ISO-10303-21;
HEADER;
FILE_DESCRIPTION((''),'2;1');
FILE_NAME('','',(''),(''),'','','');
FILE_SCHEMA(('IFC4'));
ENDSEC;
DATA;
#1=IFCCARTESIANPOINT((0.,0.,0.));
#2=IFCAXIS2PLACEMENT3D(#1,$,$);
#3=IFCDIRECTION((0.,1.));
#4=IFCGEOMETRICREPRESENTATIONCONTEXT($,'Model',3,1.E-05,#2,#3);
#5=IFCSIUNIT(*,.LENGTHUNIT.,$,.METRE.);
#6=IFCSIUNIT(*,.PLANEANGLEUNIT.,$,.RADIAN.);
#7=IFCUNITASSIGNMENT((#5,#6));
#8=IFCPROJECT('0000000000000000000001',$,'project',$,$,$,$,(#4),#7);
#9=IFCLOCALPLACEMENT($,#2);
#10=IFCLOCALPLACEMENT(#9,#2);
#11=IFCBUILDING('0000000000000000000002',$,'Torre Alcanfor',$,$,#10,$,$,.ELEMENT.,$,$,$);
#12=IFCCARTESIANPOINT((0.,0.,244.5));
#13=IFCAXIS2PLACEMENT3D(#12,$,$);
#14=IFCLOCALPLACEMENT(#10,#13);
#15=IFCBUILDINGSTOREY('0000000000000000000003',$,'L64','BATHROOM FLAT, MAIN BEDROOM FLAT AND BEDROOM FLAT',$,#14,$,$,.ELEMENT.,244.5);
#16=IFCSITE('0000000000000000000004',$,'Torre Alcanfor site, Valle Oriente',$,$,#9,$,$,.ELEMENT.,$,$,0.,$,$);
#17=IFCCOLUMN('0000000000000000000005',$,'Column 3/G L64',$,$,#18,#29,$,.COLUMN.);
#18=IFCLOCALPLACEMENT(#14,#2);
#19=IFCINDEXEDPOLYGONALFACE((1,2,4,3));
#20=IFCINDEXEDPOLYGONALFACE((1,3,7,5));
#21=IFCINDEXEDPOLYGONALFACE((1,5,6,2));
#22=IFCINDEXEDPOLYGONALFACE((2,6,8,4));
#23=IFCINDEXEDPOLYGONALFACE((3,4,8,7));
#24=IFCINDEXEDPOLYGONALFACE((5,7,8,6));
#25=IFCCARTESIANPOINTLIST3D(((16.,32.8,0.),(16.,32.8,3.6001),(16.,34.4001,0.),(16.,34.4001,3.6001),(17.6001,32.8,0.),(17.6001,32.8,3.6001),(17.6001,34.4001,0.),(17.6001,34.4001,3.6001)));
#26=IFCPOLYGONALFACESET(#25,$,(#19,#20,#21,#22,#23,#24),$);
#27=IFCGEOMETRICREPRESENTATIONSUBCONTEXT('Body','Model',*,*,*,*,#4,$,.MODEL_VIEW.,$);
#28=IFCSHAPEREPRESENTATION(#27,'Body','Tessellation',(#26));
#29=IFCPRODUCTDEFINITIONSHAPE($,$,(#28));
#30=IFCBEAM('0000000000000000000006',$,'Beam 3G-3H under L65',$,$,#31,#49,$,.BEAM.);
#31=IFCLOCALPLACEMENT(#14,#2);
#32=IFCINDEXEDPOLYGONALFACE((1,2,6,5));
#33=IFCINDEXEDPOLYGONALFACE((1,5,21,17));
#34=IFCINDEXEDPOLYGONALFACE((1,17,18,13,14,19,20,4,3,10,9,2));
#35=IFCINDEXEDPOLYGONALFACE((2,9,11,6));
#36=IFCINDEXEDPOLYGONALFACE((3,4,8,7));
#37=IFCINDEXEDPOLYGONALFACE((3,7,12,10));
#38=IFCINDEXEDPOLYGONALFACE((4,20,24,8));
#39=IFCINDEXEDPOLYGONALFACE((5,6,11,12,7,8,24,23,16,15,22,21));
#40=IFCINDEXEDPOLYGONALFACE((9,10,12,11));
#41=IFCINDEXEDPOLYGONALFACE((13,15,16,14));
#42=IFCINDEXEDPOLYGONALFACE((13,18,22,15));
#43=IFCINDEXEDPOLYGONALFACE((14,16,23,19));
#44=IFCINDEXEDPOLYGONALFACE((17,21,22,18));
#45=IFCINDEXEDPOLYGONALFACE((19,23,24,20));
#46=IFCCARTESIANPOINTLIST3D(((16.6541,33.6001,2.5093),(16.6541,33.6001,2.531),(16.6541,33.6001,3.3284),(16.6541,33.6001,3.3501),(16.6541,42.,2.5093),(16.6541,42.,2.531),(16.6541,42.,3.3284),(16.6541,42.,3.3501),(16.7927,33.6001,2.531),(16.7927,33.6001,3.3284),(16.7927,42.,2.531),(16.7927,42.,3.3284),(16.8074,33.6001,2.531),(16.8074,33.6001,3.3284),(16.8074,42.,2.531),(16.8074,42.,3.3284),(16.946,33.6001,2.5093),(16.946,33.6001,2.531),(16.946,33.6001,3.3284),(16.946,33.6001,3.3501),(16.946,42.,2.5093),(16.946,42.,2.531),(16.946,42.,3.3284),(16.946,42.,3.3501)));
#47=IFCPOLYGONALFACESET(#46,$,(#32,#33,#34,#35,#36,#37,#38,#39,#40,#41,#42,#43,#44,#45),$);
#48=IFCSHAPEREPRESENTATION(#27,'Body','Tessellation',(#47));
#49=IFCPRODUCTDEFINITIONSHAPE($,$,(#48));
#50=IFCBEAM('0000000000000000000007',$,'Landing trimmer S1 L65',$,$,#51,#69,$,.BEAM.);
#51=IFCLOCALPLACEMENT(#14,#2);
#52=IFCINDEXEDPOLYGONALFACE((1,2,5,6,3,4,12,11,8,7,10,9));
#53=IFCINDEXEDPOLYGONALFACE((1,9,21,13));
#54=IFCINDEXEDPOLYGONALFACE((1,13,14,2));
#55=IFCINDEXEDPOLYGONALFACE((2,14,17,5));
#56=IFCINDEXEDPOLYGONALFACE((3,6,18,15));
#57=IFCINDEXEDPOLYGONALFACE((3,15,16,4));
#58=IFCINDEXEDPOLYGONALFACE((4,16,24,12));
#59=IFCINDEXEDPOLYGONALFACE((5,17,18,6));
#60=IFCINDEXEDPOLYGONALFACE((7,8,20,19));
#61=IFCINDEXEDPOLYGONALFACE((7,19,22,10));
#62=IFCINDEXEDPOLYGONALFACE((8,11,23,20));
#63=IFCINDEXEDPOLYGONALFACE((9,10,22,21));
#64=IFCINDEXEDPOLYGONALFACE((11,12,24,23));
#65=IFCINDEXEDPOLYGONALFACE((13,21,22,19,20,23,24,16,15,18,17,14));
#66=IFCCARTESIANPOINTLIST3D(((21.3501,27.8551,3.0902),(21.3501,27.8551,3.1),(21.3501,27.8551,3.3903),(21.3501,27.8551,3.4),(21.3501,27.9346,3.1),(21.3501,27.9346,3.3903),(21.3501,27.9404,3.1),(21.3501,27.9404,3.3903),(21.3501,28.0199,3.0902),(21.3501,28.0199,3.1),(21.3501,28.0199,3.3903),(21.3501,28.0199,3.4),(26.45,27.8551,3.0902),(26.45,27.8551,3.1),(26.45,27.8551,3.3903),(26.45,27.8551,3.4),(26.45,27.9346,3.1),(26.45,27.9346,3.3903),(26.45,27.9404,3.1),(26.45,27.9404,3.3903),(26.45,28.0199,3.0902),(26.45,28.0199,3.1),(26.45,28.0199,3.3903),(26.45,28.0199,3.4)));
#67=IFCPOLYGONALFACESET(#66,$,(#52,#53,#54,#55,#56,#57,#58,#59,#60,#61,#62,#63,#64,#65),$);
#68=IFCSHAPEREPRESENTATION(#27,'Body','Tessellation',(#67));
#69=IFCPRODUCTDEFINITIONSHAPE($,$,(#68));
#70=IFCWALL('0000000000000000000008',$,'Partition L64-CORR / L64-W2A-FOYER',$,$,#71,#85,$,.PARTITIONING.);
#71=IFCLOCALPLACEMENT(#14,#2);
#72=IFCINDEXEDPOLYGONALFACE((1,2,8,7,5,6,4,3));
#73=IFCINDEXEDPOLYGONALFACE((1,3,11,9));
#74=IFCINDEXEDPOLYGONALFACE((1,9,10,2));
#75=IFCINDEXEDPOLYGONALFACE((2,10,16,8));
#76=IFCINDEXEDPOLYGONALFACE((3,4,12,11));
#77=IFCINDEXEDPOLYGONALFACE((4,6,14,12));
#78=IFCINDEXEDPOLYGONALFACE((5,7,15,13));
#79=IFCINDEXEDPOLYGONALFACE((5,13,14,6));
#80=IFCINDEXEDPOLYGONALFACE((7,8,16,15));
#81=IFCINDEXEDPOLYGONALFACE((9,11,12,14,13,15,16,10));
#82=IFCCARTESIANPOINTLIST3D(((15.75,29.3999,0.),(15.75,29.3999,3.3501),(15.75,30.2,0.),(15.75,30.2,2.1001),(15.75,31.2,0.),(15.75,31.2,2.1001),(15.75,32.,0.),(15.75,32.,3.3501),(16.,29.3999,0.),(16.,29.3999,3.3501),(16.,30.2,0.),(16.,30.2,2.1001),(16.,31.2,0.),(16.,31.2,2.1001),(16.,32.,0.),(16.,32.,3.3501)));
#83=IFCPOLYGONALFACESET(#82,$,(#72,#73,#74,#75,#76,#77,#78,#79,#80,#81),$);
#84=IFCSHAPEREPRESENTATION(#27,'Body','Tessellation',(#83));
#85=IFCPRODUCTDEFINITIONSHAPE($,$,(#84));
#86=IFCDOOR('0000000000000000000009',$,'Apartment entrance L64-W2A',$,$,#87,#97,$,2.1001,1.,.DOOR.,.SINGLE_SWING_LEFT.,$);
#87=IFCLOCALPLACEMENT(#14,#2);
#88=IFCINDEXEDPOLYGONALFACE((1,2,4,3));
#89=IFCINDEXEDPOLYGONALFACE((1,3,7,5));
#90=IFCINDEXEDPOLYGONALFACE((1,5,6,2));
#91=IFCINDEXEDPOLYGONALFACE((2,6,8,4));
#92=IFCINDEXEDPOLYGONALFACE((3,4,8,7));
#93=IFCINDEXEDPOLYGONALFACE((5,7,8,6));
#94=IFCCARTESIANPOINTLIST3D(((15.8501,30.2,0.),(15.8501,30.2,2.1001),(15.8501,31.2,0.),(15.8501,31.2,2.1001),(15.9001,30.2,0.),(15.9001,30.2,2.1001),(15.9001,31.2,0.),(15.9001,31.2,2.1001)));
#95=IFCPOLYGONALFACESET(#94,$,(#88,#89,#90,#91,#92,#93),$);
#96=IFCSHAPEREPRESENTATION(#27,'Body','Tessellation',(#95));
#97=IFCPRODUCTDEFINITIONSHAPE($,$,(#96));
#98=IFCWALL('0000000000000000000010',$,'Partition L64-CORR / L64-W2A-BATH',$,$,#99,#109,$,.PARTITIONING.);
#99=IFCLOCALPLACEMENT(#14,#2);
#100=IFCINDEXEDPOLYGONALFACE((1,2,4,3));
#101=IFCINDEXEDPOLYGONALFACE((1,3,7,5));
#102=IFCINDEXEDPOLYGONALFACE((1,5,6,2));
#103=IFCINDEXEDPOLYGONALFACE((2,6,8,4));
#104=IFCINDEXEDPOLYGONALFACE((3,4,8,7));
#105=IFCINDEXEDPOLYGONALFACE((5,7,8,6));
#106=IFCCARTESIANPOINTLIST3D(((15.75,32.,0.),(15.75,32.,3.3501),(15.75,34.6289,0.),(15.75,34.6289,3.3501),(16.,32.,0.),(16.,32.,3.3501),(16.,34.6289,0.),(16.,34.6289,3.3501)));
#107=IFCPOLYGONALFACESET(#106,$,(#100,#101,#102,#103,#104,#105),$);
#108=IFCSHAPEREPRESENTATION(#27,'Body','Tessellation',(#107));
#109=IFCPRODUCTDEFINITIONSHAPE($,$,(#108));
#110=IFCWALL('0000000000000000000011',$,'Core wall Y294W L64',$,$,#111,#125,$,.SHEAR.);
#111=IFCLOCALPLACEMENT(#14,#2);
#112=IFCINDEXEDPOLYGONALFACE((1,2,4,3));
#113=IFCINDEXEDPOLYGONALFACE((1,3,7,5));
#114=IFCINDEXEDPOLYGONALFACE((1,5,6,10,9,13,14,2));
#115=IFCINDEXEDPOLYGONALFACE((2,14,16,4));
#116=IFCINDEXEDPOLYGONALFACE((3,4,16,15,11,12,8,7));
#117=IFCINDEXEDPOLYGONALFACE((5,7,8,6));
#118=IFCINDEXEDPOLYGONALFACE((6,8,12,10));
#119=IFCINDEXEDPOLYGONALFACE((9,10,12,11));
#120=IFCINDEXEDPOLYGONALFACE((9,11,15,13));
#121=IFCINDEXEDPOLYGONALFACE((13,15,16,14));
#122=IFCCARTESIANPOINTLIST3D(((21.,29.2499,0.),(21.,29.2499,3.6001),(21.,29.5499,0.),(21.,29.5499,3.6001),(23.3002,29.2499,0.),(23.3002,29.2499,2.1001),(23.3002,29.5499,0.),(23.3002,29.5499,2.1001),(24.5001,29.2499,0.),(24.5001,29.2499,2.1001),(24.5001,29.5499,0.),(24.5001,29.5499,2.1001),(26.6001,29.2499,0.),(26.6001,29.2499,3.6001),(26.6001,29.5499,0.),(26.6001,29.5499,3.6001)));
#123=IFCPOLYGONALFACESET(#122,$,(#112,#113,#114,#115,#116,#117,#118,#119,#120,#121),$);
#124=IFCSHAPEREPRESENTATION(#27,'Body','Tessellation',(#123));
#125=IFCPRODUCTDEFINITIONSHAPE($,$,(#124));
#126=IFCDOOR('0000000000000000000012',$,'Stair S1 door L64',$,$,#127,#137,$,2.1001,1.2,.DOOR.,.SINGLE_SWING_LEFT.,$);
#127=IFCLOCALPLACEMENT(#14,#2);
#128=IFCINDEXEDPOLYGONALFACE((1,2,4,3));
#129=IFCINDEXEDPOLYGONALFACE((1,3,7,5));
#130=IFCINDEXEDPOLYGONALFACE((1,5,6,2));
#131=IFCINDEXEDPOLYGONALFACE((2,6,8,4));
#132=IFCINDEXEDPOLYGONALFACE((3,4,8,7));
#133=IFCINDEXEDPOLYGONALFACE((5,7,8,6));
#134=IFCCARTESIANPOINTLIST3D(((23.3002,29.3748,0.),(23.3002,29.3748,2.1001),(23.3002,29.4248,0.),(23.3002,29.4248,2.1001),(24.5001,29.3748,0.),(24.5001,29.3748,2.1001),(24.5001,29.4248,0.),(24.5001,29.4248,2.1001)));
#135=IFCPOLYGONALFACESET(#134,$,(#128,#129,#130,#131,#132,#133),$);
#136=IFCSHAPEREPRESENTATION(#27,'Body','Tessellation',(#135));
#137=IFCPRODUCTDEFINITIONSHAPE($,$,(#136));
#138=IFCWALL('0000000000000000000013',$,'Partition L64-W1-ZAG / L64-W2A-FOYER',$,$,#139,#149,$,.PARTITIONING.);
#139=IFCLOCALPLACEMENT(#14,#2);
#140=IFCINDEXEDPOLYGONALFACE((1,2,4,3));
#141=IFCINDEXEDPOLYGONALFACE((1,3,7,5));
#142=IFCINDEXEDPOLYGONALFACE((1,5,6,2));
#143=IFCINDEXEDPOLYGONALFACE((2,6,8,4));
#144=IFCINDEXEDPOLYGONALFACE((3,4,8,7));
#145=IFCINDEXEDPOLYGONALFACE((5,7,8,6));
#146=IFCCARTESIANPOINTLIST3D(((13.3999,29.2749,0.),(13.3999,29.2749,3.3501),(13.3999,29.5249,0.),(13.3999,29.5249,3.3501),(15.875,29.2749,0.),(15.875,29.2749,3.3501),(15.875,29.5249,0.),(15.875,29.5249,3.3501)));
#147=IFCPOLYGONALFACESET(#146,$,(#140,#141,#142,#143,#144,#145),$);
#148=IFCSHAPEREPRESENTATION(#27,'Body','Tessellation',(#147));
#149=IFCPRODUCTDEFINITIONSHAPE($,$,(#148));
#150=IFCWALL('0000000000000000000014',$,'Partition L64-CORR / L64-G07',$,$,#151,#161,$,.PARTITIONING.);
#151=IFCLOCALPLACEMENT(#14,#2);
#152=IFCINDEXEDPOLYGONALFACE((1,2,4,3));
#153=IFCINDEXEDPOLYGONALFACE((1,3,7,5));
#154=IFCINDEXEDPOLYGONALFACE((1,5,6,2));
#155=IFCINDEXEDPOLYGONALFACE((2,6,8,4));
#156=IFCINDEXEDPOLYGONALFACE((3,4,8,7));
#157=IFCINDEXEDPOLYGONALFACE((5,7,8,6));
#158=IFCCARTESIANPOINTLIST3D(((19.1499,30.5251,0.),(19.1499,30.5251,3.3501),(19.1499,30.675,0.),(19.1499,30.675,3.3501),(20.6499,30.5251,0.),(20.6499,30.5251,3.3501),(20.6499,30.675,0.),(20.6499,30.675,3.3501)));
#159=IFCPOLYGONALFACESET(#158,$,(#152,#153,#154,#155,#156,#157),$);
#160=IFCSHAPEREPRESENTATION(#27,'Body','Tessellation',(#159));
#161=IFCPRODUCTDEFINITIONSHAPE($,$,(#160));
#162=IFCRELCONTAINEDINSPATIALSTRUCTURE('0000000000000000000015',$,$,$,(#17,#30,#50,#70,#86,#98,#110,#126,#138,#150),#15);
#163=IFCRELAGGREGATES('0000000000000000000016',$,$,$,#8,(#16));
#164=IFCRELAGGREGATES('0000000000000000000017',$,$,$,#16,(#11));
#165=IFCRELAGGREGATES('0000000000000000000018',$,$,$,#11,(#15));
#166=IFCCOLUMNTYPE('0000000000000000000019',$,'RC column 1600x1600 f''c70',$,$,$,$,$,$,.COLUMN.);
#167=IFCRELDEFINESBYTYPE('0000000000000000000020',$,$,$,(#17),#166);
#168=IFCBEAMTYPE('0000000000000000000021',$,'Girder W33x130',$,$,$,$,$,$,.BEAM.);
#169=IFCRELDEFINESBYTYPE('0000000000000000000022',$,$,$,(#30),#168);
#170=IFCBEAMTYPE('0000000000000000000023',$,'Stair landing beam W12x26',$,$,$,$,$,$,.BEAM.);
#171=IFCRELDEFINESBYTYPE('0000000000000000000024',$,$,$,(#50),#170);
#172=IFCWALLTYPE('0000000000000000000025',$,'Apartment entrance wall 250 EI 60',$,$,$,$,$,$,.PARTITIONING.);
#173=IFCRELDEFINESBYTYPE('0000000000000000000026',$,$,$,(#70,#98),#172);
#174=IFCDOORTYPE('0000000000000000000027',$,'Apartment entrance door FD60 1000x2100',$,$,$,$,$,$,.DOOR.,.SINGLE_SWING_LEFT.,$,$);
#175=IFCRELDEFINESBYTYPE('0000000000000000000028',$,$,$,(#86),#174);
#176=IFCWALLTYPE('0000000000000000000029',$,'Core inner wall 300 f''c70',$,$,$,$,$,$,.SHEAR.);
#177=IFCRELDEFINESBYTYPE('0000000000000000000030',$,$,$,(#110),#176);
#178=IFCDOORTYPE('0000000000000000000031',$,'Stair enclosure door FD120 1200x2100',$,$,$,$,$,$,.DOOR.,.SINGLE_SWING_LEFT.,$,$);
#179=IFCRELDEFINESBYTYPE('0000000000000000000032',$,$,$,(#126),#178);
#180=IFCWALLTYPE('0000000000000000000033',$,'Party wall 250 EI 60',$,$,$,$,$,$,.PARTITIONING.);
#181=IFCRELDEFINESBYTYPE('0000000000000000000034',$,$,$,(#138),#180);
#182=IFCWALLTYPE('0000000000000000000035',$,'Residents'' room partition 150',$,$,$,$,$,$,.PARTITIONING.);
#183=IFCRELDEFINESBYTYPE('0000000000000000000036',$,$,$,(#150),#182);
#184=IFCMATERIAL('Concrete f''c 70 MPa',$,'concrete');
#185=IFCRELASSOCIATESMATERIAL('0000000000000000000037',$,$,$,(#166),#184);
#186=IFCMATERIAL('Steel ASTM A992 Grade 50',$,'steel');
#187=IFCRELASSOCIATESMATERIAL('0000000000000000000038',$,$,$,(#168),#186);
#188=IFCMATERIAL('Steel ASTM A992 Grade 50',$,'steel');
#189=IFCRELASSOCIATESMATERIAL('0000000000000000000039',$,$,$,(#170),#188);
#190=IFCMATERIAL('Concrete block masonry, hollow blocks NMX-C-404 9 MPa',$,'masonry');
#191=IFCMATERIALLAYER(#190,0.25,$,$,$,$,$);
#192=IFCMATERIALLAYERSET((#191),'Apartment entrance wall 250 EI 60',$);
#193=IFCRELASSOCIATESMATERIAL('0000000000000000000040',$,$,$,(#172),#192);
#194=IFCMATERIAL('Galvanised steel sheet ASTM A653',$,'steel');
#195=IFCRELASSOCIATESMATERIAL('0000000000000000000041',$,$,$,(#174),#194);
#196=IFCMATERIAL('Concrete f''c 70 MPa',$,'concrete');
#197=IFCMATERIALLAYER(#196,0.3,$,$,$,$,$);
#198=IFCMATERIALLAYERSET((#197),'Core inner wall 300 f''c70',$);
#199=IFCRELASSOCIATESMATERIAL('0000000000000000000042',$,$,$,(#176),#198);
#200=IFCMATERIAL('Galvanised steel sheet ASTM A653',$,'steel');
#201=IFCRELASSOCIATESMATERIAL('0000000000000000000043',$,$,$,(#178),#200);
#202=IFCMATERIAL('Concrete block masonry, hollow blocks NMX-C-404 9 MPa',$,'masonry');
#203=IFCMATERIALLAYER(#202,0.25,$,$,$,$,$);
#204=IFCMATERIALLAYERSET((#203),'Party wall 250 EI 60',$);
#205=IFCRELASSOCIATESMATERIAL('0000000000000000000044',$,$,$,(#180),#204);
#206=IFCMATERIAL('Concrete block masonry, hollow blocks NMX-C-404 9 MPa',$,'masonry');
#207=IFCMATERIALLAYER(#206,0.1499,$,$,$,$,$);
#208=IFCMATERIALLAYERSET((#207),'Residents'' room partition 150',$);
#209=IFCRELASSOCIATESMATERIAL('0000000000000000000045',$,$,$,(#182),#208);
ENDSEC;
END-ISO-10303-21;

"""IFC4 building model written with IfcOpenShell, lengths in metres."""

from ifc_helpers import new_model, si_unit, direction, frame, frame_2d, origin, origin_2d, place, context, subcontext, project, spatial, rectangle, i_section, extrude, material, layer, layer_set, material_profile, profile_set, type_object, element, fill, save


model = new_model("IFC4")

# Units and contexts
model_context = context("Model", 3, precision=1e-05, world=origin(), true_north=direction((0.0, 1.0)))
body_context = subcontext(model_context, "Body", "Model", "MODEL_VIEW")
ifc_project = project(units=[si_unit("LENGTHUNIT", "METRE"), si_unit("PLANEANGLEUNIT", "RADIAN")], contexts=[model_context])

# Site, building, storey
site_placement = place(None, origin())
site = spatial("IfcSite", under=ifc_project, at=site_placement, Name="Torre Alcanfor site, Valle Oriente", CompositionType="ELEMENT", RefElevation=0.0)
building_placement = place(site_placement, origin())
building = spatial("IfcBuilding", under=site, at=building_placement, Name="Torre Alcanfor", CompositionType="ELEMENT")
storey_placement = place(building_placement, frame((0.0, 0.0, 244.5)))
storey = spatial("IfcBuildingStorey", under=building, at=storey_placement, Name="L64", Description="BATHROOM FLAT, MAIN BEDROOM FLAT AND BEDROOM FLAT", CompositionType="ELEMENT", Elevation=244.5)

# Column
ifc_material_1 = material(Name="Concrete f'c 70 MPa", Category="concrete")
ifc_material_profile_1 = material_profile(ifc_material_1, rectangle(XDim=1.6001, YDim=1.6001, at=origin_2d()), Name="1600x1600")
ifc_profile_set_1 = profile_set([ifc_material_profile_1], Name="Concrete f'c 70 MPa")
column_type = type_object("IfcColumnType", Name="RC column 1600x1600 f'c70", PredefinedType="COLUMN", material=ifc_profile_set_1)
column_placement = place(storey_placement, frame((16.8, 33.6001, 0.0), z_axis=(0.0, 0.0, 1.0), x_axis=(1.0, 0.0, 0.0)))
element("IfcColumn", 1, at=column_placement, inside=storey, type_object=column_type, Name="Column 3/G L64", PredefinedType="COLUMN", context=body_context, shape_type="SweptSolid", body=[
    extrude(rectangle(XDim=1.6001, YDim=1.6001, at=origin_2d()), origin(), (0.0, 0.0, 1.0), 3.6001),
])

# Beams
ifc_material_2 = material(Name="Steel ASTM A992 Grade 50", Category="steel")
ifc_material_profile_2 = material_profile(ifc_material_2, i_section(OverallWidth=0.292, OverallDepth=0.8408, WebThickness=0.0146, FlangeThickness=0.0217, at=origin_2d()), Name="W33x130")
ifc_profile_set_2 = profile_set([ifc_material_profile_2], Name="Steel ASTM A992 Grade 50")
beam_type_1 = type_object("IfcBeamType", Name="Girder W33x130", PredefinedType="BEAM", material=ifc_profile_set_2)
beam_1_placement = place(storey_placement, frame((16.8, 33.6001, 2.9297), z_axis=(0.0, 1.0, 0.0), x_axis=(-1.0, 0.0, 0.0)))
element("IfcBeam", 2, at=beam_1_placement, inside=storey, type_object=beam_type_1, Name="Beam 3G-3H under L65", PredefinedType="BEAM", context=body_context, shape_type="SweptSolid", body=[
    extrude(i_section(OverallWidth=0.292, OverallDepth=0.8408, WebThickness=0.0146, FlangeThickness=0.0217, at=origin_2d()), origin(), (0.0, 0.0, 1.0), 8.3999),
])
ifc_material_3 = material(Name="Steel ASTM A992 Grade 50", Category="steel")
ifc_material_profile_3 = material_profile(ifc_material_3, i_section(OverallWidth=0.1648, OverallDepth=0.3098, WebThickness=0.0059, FlangeThickness=0.0098, at=origin_2d()), Name="W12x26")
ifc_profile_set_3 = profile_set([ifc_material_profile_3], Name="Steel ASTM A992 Grade 50")
beam_type_2 = type_object("IfcBeamType", Name="Stair landing beam W12x26", PredefinedType="BEAM", material=ifc_profile_set_3)
beam_2_placement = place(storey_placement, frame((21.3501, 27.9375, 3.2451), z_axis=(1.0, 0.0, 0.0), x_axis=(0.0, 1.0, 0.0)))
element("IfcBeam", 3, at=beam_2_placement, inside=storey, type_object=beam_type_2, Name="Landing trimmer S1 L65", PredefinedType="BEAM", context=body_context, shape_type="SweptSolid", body=[
    extrude(i_section(OverallWidth=0.1648, OverallDepth=0.3098, WebThickness=0.0059, FlangeThickness=0.0098, at=origin_2d()), origin(), (0.0, 0.0, 1.0), 5.0999),
])

# Wall, opening, door
ifc_material_4 = material(Name="Concrete block masonry, hollow blocks NMX-C-404 9 MPa", Category="masonry")
ifc_layer_1 = layer(ifc_material_4, 0.25)
ifc_layer_set_1 = layer_set([ifc_layer_1], Name="Apartment entrance wall 250 EI 60")
wall_type_1 = type_object("IfcWallType", Name="Apartment entrance wall 250 EI 60", PredefinedType="PARTITIONING", material=ifc_layer_set_1)
wall_1_placement = place(storey_placement, frame((15.875, 29.3999, 0.0), z_axis=(0.0, 0.0, 1.0), x_axis=(0.0, 1.0, 0.0)))
wall_1 = element("IfcWall", 4, at=wall_1_placement, inside=storey, type_object=wall_type_1, Name="Partition L64-CORR / L64-W2A-FOYER", PredefinedType="PARTITIONING", context=body_context, shape_type="SweptSolid", body=[
    extrude(rectangle(XDim=2.6001, YDim=0.25, at=frame_2d((1.3, 0.0))), origin(), (0.0, 0.0, 1.0), 3.3501),
])
opening_1_placement = place(wall_1_placement, frame((0.8, 0.0, 0.0)))
opening_1 = element("IfcOpeningElement", 5, at=opening_1_placement, cuts=wall_1, PredefinedType="OPENING", context=body_context, shape_type="SweptSolid", body=[
    extrude(rectangle(XDim=1.0, YDim=2.1001, at=frame_2d((0.5, 1.05))), frame((0.0, 0.135, 0.0), z_axis=(0.0, -1.0, 0.0), x_axis=(1.0, 0.0, 0.0)), (0.0, 0.0, 1.0), 0.27),
])
ifc_material_5 = material(Name="Galvanised steel sheet ASTM A653", Category="steel")
door_type_1 = type_object("IfcDoorType", Name="Apartment entrance door FD60 1000x2100", OperationType="SINGLE_SWING_LEFT", PredefinedType="DOOR", material=ifc_material_5)
door_1_placement = place(opening_1_placement, origin())
door_1 = element("IfcDoor", 6, at=door_1_placement, inside=storey, type_object=door_type_1, Name="Apartment entrance L64-W2A", OperationType="SINGLE_SWING_LEFT", OverallHeight=2.1001, OverallWidth=1.0, PredefinedType="DOOR", context=body_context, shape_type="SweptSolid", body=[
    extrude(rectangle(XDim=1.0, YDim=2.1001, at=frame_2d((0.5, 1.05))), frame((0.0, 0.0249, 0.0), z_axis=(0.0, -1.0, 0.0), x_axis=(1.0, 0.0, 0.0)), (0.0, 0.0, 1.0), 0.05),
])
fill(opening_1, door_1)

# Wall
wall_2_placement = place(storey_placement, frame((15.875, 32.0, 0.0), z_axis=(0.0, 0.0, 1.0), x_axis=(0.0, 1.0, 0.0)))
element("IfcWall", 7, at=wall_2_placement, inside=storey, type_object=wall_type_1, Name="Partition L64-CORR / L64-W2A-BATH", PredefinedType="PARTITIONING", context=body_context, shape_type="SweptSolid", body=[
    extrude(rectangle(XDim=2.6289, YDim=0.25, at=frame_2d((1.3145, 0.0))), origin(), (0.0, 0.0, 1.0), 3.3501),
])

# Wall, opening, door
ifc_material_6 = material(Name="Concrete f'c 70 MPa", Category="concrete")
ifc_layer_2 = layer(ifc_material_6, 0.3)
ifc_layer_set_2 = layer_set([ifc_layer_2], Name="Core inner wall 300 f'c70")
wall_type_2 = type_object("IfcWallType", Name="Core inner wall 300 f'c70", PredefinedType="SHEAR", material=ifc_layer_set_2)
wall_3_placement = place(storey_placement, frame((21.0, 29.3999, 0.0), z_axis=(0.0, 0.0, 1.0), x_axis=(1.0, 0.0, 0.0)))
wall_3 = element("IfcWall", 8, at=wall_3_placement, inside=storey, type_object=wall_type_2, Name="Core wall Y294W L64", PredefinedType="SHEAR", context=body_context, shape_type="SweptSolid", body=[
    extrude(rectangle(XDim=5.6001, YDim=0.3, at=frame_2d((2.8, 0.0))), origin(), (0.0, 0.0, 1.0), 3.6001),
])
opening_2_placement = place(wall_3_placement, frame((2.3, 0.0, 0.0)))
opening_2 = element("IfcOpeningElement", 9, at=opening_2_placement, cuts=wall_3, PredefinedType="OPENING", context=body_context, shape_type="SweptSolid", body=[
    extrude(rectangle(XDim=1.2, YDim=2.1001, at=frame_2d((0.6001, 1.05))), frame((0.0, 0.1599, 0.0), z_axis=(0.0, -1.0, 0.0), x_axis=(1.0, 0.0, 0.0)), (0.0, 0.0, 1.0), 0.3201),
])
ifc_material_7 = material(Name="Galvanised steel sheet ASTM A653", Category="steel")
door_type_2 = type_object("IfcDoorType", Name="Stair enclosure door FD120 1200x2100", OperationType="SINGLE_SWING_LEFT", PredefinedType="DOOR", material=ifc_material_7)
door_2_placement = place(opening_2_placement, frame((1.2, 0.0, 0.0), z_axis=(0.0, 0.0, 1.0), x_axis=(-1.0, 0.0, 0.0)))
door_2 = element("IfcDoor", 10, at=door_2_placement, inside=storey, type_object=door_type_2, Name="Stair S1 door L64", OperationType="SINGLE_SWING_LEFT", OverallHeight=2.1001, OverallWidth=1.2, PredefinedType="DOOR", context=body_context, shape_type="SweptSolid", body=[
    extrude(rectangle(XDim=1.2, YDim=2.1001, at=frame_2d((0.5999, 1.05))), frame((0.0, 0.0251, 0.0), z_axis=(0.0, -1.0, 0.0), x_axis=(1.0, 0.0, 0.0)), (0.0, 0.0, 1.0), 0.05),
])
fill(opening_2, door_2)

# Walls
ifc_material_8 = material(Name="Concrete block masonry, hollow blocks NMX-C-404 9 MPa", Category="masonry")
ifc_layer_3 = layer(ifc_material_8, 0.25)
ifc_layer_set_3 = layer_set([ifc_layer_3], Name="Party wall 250 EI 60")
wall_type_3 = type_object("IfcWallType", Name="Party wall 250 EI 60", PredefinedType="PARTITIONING", material=ifc_layer_set_3)
wall_4_placement = place(storey_placement, frame((15.875, 29.3999, 0.0), z_axis=(0.0, 0.0, 1.0), x_axis=(-1.0, 0.0, 0.0)))
element("IfcWall", 11, at=wall_4_placement, inside=storey, type_object=wall_type_3, Name="Partition L64-W1-ZAG / L64-W2A-FOYER", PredefinedType="PARTITIONING", context=body_context, shape_type="SweptSolid", body=[
    extrude(rectangle(XDim=2.4751, YDim=0.25, at=frame_2d((1.2375, 0.0))), origin(), (0.0, 0.0, 1.0), 3.3501),
])
ifc_material_9 = material(Name="Concrete block masonry, hollow blocks NMX-C-404 9 MPa", Category="masonry")
ifc_layer_4 = layer(ifc_material_9, 0.1499)
ifc_layer_set_4 = layer_set([ifc_layer_4], Name="Residents' room partition 150")
wall_type_4 = type_object("IfcWallType", Name="Residents' room partition 150", PredefinedType="PARTITIONING", material=ifc_layer_set_4)
wall_5_placement = place(storey_placement, frame((20.6499, 30.6001, 0.0), z_axis=(0.0, 0.0, 1.0), x_axis=(-1.0, 0.0, 0.0)))
element("IfcWall", 12, at=wall_5_placement, inside=storey, type_object=wall_type_4, Name="Partition L64-CORR / L64-G07", PredefinedType="PARTITIONING", context=body_context, shape_type="SweptSolid", body=[
    extrude(rectangle(XDim=1.5, YDim=0.1499, at=frame_2d((0.75, 0.0))), origin(), (0.0, 0.0, 1.0), 3.3501),
])

save(model, "model.ifc")
